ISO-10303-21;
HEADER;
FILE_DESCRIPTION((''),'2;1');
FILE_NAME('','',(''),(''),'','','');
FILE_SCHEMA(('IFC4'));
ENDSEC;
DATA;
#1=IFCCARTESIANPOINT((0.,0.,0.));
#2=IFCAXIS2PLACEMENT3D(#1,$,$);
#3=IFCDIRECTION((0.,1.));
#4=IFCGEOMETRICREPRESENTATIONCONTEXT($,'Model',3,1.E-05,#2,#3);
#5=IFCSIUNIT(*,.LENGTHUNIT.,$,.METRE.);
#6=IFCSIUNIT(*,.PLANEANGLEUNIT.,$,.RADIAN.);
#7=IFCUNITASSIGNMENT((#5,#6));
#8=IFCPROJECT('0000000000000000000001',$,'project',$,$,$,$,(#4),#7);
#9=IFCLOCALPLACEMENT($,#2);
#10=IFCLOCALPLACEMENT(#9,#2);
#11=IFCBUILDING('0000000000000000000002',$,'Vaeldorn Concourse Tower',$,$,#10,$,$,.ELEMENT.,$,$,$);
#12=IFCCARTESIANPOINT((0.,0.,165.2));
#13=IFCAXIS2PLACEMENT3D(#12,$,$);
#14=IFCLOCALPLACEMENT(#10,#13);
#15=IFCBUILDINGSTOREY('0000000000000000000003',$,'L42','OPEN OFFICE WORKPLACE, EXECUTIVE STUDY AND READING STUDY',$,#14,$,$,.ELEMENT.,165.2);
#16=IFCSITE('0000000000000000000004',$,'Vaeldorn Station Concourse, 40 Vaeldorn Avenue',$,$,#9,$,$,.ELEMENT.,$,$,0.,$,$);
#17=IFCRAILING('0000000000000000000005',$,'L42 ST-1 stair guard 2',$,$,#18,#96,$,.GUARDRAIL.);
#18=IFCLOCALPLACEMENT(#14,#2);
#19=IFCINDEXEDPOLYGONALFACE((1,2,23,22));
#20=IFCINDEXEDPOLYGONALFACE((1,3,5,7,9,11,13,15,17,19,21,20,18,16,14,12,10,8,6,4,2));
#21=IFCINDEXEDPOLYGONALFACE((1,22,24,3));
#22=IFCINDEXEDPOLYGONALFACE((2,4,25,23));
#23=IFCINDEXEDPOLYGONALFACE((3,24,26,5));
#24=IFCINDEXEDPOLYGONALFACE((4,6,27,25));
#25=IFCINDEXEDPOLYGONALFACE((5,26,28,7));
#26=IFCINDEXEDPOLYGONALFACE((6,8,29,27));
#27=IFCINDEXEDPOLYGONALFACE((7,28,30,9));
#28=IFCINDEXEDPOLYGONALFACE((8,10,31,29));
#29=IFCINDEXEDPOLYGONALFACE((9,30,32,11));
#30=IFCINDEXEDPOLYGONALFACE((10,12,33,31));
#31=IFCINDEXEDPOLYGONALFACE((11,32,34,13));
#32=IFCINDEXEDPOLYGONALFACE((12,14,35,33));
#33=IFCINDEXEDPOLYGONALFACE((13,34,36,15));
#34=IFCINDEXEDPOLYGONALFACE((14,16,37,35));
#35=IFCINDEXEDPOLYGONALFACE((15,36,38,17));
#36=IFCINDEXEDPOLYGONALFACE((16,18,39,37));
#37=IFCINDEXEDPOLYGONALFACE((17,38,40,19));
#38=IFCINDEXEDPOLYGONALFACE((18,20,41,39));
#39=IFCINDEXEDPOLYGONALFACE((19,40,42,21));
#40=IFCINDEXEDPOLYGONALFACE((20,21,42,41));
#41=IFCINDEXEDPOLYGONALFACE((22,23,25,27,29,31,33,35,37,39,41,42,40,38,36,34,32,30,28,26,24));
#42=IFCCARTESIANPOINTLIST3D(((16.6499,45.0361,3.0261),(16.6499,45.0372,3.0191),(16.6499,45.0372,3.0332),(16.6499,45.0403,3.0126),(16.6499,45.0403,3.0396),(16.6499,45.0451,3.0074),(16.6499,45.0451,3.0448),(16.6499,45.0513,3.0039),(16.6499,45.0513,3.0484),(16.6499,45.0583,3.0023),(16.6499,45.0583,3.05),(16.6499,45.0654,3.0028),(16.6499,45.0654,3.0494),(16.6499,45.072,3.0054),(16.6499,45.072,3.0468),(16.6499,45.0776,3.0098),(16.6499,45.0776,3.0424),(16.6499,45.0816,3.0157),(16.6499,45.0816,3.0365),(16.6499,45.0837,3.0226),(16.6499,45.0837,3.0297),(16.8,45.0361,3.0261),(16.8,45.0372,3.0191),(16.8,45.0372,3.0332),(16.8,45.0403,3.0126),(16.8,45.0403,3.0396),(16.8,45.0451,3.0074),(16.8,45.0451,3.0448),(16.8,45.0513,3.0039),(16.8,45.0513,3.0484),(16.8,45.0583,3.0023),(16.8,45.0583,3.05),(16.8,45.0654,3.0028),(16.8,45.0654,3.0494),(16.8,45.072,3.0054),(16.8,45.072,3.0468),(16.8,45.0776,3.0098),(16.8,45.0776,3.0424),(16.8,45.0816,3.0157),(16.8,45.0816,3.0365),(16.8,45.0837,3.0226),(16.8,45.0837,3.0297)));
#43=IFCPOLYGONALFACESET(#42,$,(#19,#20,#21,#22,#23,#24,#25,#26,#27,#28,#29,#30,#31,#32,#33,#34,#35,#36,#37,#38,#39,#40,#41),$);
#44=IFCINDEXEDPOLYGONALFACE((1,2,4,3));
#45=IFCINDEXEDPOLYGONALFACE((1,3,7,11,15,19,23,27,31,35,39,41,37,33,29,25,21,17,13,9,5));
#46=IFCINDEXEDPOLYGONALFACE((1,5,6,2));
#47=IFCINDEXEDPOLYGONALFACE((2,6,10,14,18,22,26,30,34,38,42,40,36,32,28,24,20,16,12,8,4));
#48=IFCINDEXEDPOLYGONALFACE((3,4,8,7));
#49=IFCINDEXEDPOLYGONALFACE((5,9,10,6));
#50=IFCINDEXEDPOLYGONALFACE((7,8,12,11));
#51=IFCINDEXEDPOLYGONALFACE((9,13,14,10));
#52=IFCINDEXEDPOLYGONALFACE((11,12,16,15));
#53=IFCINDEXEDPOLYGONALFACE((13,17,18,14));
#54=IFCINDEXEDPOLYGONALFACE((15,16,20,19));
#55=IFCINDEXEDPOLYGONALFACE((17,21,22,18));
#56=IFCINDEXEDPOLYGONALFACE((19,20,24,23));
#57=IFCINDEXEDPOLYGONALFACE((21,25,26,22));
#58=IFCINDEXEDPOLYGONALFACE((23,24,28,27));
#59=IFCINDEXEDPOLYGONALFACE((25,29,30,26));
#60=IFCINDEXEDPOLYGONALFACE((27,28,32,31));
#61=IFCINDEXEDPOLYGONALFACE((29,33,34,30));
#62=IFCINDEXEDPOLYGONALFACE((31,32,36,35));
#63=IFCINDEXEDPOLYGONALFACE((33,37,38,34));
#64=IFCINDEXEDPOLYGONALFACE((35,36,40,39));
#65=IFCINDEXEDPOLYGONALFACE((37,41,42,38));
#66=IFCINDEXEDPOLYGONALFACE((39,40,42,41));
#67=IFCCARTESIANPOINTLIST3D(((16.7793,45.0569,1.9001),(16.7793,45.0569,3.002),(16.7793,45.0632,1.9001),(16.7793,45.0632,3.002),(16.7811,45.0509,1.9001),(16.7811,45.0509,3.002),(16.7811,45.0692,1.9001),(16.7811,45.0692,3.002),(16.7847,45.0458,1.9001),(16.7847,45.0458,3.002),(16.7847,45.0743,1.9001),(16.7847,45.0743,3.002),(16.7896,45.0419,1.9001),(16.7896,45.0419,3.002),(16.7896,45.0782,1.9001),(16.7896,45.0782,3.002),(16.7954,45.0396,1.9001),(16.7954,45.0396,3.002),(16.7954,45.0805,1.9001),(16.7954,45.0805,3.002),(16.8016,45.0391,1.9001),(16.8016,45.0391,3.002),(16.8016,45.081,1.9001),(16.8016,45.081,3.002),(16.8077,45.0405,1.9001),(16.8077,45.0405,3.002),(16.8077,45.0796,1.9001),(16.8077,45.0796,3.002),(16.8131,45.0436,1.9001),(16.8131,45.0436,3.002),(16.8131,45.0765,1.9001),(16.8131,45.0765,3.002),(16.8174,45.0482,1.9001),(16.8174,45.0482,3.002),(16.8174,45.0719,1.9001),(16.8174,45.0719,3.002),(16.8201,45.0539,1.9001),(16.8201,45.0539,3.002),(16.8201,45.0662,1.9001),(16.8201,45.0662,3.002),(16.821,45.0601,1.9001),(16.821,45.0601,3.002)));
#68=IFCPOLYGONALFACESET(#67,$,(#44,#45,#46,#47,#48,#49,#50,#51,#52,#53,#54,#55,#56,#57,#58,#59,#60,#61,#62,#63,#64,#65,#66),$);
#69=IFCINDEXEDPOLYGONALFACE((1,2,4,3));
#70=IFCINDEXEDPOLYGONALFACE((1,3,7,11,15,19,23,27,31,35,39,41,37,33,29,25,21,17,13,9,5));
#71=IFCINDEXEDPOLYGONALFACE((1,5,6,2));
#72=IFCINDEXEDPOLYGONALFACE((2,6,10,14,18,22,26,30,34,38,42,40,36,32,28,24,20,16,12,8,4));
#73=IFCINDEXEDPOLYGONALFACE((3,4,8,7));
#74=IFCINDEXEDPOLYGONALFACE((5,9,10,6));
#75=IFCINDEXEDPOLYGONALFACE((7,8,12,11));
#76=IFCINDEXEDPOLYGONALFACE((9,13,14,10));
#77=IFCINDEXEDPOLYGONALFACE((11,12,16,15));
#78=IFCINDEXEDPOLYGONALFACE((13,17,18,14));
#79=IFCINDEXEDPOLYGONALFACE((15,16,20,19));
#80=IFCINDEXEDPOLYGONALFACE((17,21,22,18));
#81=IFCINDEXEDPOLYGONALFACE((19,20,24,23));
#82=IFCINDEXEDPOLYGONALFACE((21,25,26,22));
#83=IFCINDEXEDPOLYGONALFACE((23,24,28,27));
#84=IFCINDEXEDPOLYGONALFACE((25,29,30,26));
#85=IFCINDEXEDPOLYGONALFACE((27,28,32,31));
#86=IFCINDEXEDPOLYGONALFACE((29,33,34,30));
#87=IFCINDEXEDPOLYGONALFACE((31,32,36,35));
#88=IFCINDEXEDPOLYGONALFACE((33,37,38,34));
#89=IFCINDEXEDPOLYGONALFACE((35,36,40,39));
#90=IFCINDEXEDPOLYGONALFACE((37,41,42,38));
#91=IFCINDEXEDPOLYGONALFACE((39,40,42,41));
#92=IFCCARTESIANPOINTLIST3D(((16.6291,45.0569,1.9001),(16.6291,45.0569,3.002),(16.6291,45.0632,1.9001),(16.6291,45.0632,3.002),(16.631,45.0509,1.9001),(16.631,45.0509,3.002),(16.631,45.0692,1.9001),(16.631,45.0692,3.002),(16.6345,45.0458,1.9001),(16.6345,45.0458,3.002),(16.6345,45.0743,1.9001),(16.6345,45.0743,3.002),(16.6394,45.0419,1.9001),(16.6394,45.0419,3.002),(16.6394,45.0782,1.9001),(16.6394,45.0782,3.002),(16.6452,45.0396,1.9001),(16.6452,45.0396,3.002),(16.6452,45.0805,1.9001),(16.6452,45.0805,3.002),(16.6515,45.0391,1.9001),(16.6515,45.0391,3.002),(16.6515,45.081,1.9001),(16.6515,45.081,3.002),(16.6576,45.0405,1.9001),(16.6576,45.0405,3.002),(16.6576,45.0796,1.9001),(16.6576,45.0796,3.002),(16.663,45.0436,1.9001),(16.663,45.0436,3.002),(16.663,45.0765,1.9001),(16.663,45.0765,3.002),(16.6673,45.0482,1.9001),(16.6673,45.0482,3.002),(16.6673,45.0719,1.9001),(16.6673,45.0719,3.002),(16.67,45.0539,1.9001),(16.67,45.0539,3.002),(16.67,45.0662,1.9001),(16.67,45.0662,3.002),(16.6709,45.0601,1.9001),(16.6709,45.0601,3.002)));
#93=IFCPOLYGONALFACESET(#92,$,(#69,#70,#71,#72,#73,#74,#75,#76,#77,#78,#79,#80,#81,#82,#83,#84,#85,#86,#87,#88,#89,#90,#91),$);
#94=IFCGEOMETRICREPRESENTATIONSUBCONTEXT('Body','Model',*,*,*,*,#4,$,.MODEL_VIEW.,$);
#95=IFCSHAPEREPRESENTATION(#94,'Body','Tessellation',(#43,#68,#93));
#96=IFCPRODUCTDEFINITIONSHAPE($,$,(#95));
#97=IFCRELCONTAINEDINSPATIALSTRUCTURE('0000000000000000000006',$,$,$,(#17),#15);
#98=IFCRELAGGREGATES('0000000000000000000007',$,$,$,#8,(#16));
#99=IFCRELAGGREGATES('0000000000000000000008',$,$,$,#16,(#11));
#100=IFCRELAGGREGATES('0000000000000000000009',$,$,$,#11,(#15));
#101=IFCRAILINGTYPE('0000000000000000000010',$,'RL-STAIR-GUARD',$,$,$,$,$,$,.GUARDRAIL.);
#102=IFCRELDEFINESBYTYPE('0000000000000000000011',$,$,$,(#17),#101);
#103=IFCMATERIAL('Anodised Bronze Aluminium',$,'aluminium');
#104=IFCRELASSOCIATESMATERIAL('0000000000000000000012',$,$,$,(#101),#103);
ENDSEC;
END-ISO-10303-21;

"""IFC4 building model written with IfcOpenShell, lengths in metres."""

from ifc_helpers import new_model, si_unit, direction, frame, origin, origin_2d, place, context, subcontext, project, spatial, circle, extrude, material, type_object, element, save


model = new_model("IFC4")

# Units and contexts
model_context = context("Model", 3, precision=1e-05, world=origin(), true_north=direction((0.0, 1.0)))
body_context = subcontext(model_context, "Body", "Model", "MODEL_VIEW")
ifc_project = project(units=[si_unit("LENGTHUNIT", "METRE"), si_unit("PLANEANGLEUNIT", "RADIAN")], contexts=[model_context])

# Site, building, storey
site_placement = place(None, origin())
site = spatial("IfcSite", under=ifc_project, at=site_placement, Name="Vaeldorn Station Concourse, 40 Vaeldorn Avenue", CompositionType="ELEMENT", RefElevation=0.0)
building_placement = place(site_placement, origin())
building = spatial("IfcBuilding", under=site, at=building_placement, Name="Vaeldorn Concourse Tower", CompositionType="ELEMENT")
storey_placement = place(building_placement, frame((0.0, 0.0, 165.2)))
storey = spatial("IfcBuildingStorey", under=building, at=storey_placement, Name="L42", Description="OPEN OFFICE WORKPLACE, EXECUTIVE STUDY AND READING STUDY", CompositionType="ELEMENT", Elevation=165.2)

# Shared definitions
ifc_material_1 = material(Name="Anodised Bronze Aluminium", Category="aluminium")

# Railing
railing_type_1 = type_object("IfcRailingType", Name="RL-STAIR-GUARD", PredefinedType="GUARDRAIL", material=ifc_material_1)
railing_1_placement = place(storey_placement, frame((16.8, 45.0601, 1.9001)))
element("IfcRailing", 1, at=railing_1_placement, inside=storey, type_object=railing_type_1, Name="L42 ST-1 stair guard 2", PredefinedType="GUARDRAIL", context=body_context, shape_type="SweptSolid", body=[
    extrude(circle(Radius=0.0239, at=origin_2d()), frame((0.0, 0.0, 1.126), z_axis=(-1.0, 0.0, 0.0), x_axis=(0.0, -1.0, 0.0)), (0.0, 0.0, 1.0), 0.1501),
    extrude(circle(Radius=0.021, at=origin_2d()), origin(), (0.0, 0.0, 1.0), 1.1018),
    extrude(circle(Radius=0.021, at=origin_2d()), frame((-0.1501, 0.0, 0.0)), (0.0, 0.0, 1.0), 1.1018),
])

save(model, "model.ifc")
